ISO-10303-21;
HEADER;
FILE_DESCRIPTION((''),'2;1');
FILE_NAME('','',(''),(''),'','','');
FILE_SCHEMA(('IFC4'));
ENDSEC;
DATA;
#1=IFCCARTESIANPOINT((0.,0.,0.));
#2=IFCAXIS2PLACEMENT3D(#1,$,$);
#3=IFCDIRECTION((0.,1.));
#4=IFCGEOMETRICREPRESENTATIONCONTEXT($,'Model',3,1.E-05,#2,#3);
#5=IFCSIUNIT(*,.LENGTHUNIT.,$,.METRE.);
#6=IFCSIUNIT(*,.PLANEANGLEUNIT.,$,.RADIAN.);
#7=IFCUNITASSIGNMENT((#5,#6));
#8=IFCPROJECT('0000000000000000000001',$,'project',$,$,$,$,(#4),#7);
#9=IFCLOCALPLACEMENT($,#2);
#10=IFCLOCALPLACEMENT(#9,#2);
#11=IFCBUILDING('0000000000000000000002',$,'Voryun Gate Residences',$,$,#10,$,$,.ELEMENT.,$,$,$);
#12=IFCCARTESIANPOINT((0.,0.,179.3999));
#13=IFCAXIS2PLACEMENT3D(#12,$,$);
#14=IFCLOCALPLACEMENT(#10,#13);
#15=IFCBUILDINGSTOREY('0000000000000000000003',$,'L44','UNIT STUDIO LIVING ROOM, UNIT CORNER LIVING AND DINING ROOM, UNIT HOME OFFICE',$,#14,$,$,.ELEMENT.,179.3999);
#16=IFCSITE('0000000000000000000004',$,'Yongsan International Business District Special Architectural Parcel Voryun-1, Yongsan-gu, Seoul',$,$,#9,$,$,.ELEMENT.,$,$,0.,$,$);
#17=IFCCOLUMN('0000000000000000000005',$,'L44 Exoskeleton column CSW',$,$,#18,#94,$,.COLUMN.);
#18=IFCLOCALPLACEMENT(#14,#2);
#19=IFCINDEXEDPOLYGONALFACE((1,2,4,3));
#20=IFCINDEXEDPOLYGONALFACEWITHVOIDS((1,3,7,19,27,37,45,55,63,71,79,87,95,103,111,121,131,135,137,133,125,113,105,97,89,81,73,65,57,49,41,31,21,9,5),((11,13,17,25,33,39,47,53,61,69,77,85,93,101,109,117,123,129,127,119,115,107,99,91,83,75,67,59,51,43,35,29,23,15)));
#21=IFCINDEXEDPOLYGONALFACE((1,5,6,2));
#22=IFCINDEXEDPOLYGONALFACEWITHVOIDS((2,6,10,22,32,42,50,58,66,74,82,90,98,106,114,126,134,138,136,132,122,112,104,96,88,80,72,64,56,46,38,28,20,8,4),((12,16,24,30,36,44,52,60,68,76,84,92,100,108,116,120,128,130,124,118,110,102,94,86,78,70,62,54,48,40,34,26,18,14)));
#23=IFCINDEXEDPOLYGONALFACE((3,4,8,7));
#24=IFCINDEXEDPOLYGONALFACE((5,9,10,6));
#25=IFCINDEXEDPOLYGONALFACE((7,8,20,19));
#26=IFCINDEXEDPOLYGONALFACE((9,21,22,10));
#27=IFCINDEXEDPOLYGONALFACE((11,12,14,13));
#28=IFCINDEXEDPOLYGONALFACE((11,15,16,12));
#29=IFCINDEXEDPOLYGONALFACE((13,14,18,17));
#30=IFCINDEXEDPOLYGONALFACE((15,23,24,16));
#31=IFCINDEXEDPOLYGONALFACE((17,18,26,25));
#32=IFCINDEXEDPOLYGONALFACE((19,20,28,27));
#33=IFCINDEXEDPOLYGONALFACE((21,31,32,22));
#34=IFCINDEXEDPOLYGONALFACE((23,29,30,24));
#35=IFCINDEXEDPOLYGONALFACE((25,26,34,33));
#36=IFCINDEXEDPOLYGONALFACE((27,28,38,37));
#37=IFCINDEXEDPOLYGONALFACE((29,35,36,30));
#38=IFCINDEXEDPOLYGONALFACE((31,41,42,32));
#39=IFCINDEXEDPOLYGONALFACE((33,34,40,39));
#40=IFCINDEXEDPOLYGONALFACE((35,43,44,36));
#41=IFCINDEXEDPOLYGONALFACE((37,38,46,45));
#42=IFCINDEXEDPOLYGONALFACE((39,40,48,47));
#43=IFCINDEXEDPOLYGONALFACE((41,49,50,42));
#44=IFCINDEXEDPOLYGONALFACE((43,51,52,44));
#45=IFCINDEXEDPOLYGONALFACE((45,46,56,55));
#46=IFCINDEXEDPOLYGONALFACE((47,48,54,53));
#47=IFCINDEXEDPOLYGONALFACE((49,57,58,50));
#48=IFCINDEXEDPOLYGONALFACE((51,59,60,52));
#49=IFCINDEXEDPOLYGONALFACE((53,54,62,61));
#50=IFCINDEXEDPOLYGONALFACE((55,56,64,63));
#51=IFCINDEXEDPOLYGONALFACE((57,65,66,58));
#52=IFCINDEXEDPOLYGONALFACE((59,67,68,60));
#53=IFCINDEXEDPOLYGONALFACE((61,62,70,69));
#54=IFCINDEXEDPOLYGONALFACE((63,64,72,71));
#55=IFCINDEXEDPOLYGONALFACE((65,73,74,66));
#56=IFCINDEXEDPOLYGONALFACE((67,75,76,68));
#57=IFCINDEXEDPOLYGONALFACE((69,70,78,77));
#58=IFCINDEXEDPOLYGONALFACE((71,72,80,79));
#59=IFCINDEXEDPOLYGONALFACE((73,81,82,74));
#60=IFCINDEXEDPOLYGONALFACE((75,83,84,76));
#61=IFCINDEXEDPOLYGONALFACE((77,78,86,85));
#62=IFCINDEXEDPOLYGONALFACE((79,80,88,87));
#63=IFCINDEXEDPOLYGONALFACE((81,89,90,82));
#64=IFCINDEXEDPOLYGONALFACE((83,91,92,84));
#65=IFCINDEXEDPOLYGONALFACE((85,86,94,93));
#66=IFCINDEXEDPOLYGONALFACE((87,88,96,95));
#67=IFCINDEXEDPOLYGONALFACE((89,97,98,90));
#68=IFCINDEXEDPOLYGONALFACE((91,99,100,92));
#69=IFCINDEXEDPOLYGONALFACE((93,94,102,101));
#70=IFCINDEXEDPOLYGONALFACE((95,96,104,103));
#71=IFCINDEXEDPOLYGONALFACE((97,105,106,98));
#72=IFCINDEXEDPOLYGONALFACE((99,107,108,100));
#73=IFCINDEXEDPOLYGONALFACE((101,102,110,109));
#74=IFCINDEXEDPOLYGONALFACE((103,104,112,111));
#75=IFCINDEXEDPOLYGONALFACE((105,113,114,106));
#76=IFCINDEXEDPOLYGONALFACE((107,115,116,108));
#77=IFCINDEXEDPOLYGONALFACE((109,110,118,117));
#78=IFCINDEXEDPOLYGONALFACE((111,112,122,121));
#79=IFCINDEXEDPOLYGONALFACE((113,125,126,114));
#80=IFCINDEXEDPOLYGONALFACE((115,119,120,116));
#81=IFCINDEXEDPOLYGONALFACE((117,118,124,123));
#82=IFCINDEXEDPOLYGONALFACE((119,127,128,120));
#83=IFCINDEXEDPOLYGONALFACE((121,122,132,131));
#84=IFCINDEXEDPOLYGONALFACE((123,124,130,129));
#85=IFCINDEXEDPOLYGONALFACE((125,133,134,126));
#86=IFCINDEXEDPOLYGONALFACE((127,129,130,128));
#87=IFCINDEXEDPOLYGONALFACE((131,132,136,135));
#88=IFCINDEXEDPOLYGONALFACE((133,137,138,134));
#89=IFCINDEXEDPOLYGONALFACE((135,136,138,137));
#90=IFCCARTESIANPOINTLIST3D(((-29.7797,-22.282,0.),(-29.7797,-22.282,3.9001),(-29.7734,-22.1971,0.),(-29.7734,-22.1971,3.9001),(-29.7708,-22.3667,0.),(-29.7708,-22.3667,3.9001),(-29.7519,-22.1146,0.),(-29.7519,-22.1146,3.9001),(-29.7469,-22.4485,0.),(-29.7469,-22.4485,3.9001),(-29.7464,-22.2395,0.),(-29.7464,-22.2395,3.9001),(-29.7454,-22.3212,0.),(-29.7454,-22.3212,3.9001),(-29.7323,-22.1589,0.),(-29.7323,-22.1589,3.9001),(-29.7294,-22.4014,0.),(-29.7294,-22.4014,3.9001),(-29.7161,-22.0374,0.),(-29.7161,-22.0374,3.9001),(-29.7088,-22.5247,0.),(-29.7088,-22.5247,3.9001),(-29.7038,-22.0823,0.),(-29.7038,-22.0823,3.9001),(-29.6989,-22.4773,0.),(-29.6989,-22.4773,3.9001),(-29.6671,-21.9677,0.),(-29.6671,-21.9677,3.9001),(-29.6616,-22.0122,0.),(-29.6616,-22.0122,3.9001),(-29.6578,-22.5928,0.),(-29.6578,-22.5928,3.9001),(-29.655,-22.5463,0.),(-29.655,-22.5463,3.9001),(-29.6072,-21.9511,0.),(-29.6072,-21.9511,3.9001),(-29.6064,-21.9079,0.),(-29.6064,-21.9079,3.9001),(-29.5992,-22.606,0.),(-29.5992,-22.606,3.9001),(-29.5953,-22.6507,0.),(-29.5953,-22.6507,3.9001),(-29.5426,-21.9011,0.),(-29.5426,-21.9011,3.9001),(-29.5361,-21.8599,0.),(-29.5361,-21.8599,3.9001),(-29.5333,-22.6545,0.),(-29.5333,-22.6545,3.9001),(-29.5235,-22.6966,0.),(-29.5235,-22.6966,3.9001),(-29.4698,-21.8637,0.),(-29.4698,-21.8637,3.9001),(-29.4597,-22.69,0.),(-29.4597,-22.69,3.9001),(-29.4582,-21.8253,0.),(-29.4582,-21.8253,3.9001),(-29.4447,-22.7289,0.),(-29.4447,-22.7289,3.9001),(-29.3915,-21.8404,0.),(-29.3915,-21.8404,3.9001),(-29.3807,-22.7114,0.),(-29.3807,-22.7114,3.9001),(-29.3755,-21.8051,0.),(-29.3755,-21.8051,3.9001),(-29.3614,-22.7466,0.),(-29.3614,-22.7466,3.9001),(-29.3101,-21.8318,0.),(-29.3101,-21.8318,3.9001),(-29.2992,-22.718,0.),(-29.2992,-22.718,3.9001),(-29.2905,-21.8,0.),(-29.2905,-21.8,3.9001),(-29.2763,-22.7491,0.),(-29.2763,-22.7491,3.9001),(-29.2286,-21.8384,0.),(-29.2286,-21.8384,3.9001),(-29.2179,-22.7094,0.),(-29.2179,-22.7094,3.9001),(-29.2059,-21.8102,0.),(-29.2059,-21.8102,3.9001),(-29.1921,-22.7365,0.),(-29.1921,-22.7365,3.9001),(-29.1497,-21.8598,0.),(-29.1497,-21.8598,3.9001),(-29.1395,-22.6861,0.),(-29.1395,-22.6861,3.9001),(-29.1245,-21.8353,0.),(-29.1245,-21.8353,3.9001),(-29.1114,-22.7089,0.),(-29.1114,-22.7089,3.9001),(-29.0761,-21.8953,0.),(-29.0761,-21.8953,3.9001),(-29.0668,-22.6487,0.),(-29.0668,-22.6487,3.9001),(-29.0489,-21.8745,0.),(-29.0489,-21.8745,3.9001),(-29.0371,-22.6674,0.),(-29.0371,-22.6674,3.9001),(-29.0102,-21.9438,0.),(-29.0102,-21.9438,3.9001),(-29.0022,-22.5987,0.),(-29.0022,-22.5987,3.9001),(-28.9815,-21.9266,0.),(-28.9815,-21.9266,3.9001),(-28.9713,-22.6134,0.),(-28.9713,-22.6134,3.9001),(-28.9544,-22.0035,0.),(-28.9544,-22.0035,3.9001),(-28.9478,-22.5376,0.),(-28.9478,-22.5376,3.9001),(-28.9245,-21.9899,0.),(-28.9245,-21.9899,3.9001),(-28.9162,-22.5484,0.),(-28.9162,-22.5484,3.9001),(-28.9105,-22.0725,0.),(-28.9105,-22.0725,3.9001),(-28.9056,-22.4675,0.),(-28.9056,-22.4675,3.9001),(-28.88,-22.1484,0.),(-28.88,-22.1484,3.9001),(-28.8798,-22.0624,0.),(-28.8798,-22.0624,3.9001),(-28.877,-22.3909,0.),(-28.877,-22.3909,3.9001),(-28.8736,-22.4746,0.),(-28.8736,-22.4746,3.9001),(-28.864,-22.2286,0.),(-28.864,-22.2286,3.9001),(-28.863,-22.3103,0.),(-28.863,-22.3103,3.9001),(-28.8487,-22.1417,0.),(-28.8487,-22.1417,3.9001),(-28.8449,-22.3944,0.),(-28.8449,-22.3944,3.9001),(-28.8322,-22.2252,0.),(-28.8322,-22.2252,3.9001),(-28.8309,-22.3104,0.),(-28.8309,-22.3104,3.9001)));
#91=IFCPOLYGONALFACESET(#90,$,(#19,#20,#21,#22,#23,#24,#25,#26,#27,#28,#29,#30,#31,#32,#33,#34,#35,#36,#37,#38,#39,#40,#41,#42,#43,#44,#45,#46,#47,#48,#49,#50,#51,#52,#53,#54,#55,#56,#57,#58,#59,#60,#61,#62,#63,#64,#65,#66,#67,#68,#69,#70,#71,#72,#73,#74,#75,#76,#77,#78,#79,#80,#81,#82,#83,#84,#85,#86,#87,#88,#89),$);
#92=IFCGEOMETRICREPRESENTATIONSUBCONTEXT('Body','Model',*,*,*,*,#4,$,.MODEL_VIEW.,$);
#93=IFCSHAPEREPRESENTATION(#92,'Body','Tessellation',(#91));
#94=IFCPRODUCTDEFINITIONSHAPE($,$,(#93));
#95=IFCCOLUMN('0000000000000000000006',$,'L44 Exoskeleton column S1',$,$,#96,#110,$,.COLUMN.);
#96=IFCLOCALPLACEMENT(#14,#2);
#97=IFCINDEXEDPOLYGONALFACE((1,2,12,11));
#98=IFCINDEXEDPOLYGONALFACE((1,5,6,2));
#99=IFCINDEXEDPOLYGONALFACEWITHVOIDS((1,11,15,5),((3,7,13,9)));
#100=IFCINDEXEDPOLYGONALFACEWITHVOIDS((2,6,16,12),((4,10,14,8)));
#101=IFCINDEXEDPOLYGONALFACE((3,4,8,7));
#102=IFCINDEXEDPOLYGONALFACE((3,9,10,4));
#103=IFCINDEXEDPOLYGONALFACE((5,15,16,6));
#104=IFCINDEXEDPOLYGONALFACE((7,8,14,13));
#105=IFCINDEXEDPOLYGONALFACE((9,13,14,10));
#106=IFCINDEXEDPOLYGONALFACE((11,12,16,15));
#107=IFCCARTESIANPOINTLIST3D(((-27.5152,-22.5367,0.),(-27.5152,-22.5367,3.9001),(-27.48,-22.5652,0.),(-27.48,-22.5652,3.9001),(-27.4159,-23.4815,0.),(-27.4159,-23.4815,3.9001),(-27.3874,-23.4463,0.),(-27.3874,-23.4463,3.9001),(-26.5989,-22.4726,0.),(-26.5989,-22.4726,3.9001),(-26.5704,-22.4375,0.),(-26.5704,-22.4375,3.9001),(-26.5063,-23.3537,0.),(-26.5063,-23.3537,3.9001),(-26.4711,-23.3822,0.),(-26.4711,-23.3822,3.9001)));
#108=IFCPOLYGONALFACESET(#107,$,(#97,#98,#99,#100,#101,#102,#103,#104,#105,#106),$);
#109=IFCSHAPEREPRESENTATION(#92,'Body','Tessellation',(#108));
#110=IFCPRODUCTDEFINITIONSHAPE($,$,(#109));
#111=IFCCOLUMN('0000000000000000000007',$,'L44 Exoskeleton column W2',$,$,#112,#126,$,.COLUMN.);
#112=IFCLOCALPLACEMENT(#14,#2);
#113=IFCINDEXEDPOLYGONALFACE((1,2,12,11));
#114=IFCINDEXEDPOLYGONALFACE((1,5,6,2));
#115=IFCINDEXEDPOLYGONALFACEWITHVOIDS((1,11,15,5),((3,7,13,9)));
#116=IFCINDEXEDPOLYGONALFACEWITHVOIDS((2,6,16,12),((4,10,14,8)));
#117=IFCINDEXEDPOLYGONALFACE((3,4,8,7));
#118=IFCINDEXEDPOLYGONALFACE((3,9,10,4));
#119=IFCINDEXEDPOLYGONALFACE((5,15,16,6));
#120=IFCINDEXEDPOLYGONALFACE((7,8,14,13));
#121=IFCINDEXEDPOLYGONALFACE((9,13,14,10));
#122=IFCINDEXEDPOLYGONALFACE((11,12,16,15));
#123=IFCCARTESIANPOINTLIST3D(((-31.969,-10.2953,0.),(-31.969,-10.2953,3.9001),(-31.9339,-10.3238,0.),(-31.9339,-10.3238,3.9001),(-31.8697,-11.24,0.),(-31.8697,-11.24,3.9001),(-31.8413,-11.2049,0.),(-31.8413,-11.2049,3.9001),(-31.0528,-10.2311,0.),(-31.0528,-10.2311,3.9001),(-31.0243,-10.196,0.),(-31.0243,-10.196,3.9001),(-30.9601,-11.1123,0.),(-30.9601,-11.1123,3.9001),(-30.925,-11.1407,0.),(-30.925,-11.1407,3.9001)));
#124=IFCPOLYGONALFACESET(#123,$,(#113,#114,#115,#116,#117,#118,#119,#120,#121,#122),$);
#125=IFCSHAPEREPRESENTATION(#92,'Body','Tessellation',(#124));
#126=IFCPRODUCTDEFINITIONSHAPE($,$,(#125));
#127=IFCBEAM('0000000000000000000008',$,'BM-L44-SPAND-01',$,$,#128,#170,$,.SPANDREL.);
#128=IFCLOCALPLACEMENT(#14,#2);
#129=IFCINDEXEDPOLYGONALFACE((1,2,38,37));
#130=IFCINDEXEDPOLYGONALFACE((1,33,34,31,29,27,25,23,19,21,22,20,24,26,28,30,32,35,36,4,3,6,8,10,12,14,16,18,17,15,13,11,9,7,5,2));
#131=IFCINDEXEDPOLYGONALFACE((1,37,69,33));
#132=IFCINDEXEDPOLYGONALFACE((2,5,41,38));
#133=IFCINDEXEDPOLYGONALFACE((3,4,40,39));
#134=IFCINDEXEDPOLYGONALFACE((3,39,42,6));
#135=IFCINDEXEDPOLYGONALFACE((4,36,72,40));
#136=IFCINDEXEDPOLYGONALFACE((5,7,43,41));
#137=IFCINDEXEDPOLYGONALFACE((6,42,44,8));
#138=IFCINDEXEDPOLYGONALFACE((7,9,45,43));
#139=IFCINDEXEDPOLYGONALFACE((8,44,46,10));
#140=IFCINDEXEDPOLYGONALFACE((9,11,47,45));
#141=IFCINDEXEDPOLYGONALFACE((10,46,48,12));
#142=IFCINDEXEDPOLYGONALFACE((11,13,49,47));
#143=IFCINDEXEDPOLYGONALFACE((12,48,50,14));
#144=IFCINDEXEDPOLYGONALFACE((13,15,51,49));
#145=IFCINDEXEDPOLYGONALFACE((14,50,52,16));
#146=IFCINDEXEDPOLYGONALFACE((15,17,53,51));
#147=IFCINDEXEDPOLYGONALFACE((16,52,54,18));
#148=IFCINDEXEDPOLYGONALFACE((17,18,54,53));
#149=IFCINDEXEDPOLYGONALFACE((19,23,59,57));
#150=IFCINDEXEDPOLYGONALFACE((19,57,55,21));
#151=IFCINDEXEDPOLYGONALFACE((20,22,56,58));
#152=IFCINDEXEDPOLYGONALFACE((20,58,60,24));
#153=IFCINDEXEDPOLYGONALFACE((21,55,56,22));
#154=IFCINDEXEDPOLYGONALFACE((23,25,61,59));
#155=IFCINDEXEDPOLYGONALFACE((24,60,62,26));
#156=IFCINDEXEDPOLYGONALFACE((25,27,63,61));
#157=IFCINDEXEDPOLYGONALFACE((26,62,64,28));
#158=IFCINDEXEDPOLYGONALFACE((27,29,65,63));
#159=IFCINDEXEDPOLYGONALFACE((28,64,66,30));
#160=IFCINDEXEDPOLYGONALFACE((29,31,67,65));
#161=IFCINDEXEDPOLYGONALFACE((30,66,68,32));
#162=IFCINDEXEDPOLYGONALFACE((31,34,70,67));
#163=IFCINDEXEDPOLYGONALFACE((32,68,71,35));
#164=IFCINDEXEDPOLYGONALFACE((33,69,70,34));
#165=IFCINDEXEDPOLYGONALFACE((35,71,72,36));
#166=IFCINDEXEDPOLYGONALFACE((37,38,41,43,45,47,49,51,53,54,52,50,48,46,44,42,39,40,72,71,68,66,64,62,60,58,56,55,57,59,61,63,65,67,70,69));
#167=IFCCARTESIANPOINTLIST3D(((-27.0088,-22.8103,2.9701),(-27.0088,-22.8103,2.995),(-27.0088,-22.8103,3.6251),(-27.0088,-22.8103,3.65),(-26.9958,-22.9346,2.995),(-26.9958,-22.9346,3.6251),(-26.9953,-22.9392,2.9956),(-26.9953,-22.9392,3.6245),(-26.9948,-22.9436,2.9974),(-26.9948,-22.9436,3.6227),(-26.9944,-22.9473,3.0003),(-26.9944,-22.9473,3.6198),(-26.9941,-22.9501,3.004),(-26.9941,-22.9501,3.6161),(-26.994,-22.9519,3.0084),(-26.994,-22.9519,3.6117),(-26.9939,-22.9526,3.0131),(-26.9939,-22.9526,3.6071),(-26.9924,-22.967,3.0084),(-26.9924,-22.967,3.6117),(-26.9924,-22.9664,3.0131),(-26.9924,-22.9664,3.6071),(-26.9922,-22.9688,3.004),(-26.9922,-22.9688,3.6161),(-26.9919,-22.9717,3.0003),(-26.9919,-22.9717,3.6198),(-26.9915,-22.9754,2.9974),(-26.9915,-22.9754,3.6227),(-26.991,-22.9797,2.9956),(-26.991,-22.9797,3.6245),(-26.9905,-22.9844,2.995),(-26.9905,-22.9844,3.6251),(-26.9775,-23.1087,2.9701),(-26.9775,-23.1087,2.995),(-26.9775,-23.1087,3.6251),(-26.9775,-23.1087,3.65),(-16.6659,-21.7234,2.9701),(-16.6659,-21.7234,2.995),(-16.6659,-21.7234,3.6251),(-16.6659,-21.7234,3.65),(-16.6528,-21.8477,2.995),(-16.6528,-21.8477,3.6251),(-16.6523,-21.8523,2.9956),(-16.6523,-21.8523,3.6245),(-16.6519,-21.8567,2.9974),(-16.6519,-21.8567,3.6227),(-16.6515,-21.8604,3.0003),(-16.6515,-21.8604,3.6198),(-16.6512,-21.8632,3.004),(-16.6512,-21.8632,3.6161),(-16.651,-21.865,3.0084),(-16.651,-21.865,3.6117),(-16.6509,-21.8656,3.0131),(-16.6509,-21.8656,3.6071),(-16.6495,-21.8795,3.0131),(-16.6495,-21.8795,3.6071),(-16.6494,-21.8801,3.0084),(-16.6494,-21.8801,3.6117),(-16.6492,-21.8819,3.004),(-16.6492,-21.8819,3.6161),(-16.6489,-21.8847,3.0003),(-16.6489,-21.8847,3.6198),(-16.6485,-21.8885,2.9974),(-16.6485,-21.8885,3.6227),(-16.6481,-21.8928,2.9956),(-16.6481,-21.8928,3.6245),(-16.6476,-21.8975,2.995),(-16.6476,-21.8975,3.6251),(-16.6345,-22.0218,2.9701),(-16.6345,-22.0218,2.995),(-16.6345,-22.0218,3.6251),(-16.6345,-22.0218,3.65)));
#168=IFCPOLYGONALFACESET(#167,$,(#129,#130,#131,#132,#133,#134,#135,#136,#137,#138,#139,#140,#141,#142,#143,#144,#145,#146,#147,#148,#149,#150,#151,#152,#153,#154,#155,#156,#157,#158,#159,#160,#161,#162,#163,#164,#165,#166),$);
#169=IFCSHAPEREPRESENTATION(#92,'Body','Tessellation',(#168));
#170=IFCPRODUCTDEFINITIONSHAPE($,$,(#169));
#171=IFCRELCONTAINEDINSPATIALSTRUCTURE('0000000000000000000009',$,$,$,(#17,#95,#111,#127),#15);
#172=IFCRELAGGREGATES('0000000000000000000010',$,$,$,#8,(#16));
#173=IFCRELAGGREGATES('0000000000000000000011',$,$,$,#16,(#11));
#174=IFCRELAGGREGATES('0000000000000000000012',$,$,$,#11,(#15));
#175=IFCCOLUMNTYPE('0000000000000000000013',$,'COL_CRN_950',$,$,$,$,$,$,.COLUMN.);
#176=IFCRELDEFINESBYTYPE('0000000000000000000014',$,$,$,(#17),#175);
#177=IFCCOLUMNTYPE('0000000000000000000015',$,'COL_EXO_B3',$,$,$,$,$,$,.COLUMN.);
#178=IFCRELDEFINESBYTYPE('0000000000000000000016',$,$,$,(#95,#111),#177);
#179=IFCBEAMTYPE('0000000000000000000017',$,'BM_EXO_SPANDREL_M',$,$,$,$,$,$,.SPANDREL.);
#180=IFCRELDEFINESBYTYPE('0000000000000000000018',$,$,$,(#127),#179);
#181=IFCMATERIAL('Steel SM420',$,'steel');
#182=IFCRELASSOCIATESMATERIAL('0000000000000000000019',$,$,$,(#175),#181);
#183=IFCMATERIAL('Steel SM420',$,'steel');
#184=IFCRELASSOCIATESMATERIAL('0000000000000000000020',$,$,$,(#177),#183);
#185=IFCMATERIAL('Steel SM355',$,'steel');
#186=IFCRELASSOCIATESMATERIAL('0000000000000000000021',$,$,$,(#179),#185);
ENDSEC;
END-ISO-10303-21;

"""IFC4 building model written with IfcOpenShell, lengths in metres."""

from ifc_helpers import new_model, si_unit, direction, frame, origin, origin_2d, place, context, subcontext, project, spatial, hollow_rectangle, hollow_circle, i_section, extrude, material, material_profile, profile_set, type_object, element, save


model = new_model("IFC4")

# Units and contexts
model_context = context("Model", 3, precision=1e-05, world=origin(), true_north=direction((0.0, 1.0)))
body_context = subcontext(model_context, "Body", "Model", "MODEL_VIEW")
ifc_project = project(units=[si_unit("LENGTHUNIT", "METRE"), si_unit("PLANEANGLEUNIT", "RADIAN")], contexts=[model_context])

# Site, building, storey
site_placement = place(None, origin())
site = spatial("IfcSite", under=ifc_project, at=site_placement, Name="Yongsan International Business District Special Architectural Parcel Voryun-1, Yongsan-gu, Seoul", CompositionType="ELEMENT", RefElevation=0.0)
building_placement = place(site_placement, origin())
building = spatial("IfcBuilding", under=site, at=building_placement, Name="Voryun Gate Residences", CompositionType="ELEMENT")
storey_placement = place(building_placement, frame((0.0, 0.0, 179.3999)))
storey = spatial("IfcBuildingStorey", under=building, at=storey_placement, Name="L44", Description="UNIT STUDIO LIVING ROOM, UNIT CORNER LIVING AND DINING ROOM, UNIT HOME OFFICE", CompositionType="ELEMENT", Elevation=179.3999)

# Columns
ifc_material_1 = material(Name="Steel SM420", Category="steel")
ifc_material_profile_1 = material_profile(ifc_material_1, hollow_circle(Radius=0.4751, WallThickness=0.032, at=origin_2d()), Name="CHS-950x32")
ifc_profile_set_1 = profile_set([ifc_material_profile_1], Name="Steel SM420")
column_type_1 = type_object("IfcColumnType", Name="COL_CRN_950", PredefinedType="COLUMN", material=ifc_profile_set_1)
column_placement = place(storey_placement, frame((-29.3047, -22.2749, 0.0), z_axis=(0.0, 0.0, 1.0), x_axis=(0.994522, 0.104528, 0.0)))
element("IfcColumn", 1, at=column_placement, inside=storey, type_object=column_type_1, Name="L44 Exoskeleton column CSW", PredefinedType="COLUMN", context=body_context, shape_type="SweptSolid", body=[
    extrude(hollow_circle(Radius=0.4751, WallThickness=0.032, at=origin_2d()), origin(), (0.0, 0.0, 1.0), 3.9001),
])
ifc_material_2 = material(Name="Steel SM420", Category="steel")
ifc_material_profile_2 = material_profile(ifc_material_2, hollow_rectangle(XDim=0.95, YDim=0.95, WallThickness=0.032, at=origin_2d()), Name="BOX-950x950x32")
ifc_profile_set_2 = profile_set([ifc_material_profile_2], Name="Steel SM420")
column_type_2 = type_object("IfcColumnType", Name="COL_EXO_B3", PredefinedType="COLUMN", material=ifc_profile_set_2)
for number, where, z_axis, x_axis, name in (
    (2, (-26.9932, -22.9595, 0.0), (0.0, 0.0, 1.0), (0.994522, 0.104528, 0.0), "L44 Exoskeleton column S1"),
    (3, (-31.447, -10.718, 0.0), (0.0, 0.0, 1.0), (0.994522, 0.104528, 0.0), "L44 Exoskeleton column W2"),
):
    element("IfcColumn", number, at=place(storey_placement, frame(where, z_axis=z_axis, x_axis=x_axis)), inside=storey, type_object=column_type_2, Name=name, PredefinedType="COLUMN", context=body_context, shape_type="SweptSolid", body=[
        extrude(hollow_rectangle(XDim=0.95, YDim=0.95, WallThickness=0.032, at=origin_2d()), origin(), (0.0, 0.0, 1.0), 3.9001),
    ])

# Beam
ifc_material_3 = material(Name="Steel SM355", Category="steel")
ifc_material_profile_3 = material_profile(ifc_material_3, i_section(OverallWidth=0.3, OverallDepth=0.6799, WebThickness=0.0139, FlangeThickness=0.0249, FilletRadius=0.0181, at=origin_2d()), Name="H-680x300x14x25")
ifc_profile_set_3 = profile_set([ifc_material_profile_3], Name="Steel SM355")
beam_type = type_object("IfcBeamType", Name="BM_EXO_SPANDREL_M", PredefinedType="SPANDREL", material=ifc_profile_set_3)
beam_1_placement = place(storey_placement, frame((-26.9932, -22.9595, 3.3101), z_axis=(0.994524, 0.104511, 0.0), x_axis=(-0.104511, 0.994524, 0.0)))
element("IfcBeam", 4, at=beam_1_placement, inside=storey, type_object=beam_type, Name="BM-L44-SPAND-01", PredefinedType="SPANDREL", context=body_context, shape_type="SweptSolid", body=[
    extrude(i_section(OverallWidth=0.3, OverallDepth=0.6799, WebThickness=0.0139, FlangeThickness=0.0249, FilletRadius=0.0181, at=origin_2d()), origin(), (0.0, 0.0, 1.0), 10.3999),
])

save(model, "model.ifc")
